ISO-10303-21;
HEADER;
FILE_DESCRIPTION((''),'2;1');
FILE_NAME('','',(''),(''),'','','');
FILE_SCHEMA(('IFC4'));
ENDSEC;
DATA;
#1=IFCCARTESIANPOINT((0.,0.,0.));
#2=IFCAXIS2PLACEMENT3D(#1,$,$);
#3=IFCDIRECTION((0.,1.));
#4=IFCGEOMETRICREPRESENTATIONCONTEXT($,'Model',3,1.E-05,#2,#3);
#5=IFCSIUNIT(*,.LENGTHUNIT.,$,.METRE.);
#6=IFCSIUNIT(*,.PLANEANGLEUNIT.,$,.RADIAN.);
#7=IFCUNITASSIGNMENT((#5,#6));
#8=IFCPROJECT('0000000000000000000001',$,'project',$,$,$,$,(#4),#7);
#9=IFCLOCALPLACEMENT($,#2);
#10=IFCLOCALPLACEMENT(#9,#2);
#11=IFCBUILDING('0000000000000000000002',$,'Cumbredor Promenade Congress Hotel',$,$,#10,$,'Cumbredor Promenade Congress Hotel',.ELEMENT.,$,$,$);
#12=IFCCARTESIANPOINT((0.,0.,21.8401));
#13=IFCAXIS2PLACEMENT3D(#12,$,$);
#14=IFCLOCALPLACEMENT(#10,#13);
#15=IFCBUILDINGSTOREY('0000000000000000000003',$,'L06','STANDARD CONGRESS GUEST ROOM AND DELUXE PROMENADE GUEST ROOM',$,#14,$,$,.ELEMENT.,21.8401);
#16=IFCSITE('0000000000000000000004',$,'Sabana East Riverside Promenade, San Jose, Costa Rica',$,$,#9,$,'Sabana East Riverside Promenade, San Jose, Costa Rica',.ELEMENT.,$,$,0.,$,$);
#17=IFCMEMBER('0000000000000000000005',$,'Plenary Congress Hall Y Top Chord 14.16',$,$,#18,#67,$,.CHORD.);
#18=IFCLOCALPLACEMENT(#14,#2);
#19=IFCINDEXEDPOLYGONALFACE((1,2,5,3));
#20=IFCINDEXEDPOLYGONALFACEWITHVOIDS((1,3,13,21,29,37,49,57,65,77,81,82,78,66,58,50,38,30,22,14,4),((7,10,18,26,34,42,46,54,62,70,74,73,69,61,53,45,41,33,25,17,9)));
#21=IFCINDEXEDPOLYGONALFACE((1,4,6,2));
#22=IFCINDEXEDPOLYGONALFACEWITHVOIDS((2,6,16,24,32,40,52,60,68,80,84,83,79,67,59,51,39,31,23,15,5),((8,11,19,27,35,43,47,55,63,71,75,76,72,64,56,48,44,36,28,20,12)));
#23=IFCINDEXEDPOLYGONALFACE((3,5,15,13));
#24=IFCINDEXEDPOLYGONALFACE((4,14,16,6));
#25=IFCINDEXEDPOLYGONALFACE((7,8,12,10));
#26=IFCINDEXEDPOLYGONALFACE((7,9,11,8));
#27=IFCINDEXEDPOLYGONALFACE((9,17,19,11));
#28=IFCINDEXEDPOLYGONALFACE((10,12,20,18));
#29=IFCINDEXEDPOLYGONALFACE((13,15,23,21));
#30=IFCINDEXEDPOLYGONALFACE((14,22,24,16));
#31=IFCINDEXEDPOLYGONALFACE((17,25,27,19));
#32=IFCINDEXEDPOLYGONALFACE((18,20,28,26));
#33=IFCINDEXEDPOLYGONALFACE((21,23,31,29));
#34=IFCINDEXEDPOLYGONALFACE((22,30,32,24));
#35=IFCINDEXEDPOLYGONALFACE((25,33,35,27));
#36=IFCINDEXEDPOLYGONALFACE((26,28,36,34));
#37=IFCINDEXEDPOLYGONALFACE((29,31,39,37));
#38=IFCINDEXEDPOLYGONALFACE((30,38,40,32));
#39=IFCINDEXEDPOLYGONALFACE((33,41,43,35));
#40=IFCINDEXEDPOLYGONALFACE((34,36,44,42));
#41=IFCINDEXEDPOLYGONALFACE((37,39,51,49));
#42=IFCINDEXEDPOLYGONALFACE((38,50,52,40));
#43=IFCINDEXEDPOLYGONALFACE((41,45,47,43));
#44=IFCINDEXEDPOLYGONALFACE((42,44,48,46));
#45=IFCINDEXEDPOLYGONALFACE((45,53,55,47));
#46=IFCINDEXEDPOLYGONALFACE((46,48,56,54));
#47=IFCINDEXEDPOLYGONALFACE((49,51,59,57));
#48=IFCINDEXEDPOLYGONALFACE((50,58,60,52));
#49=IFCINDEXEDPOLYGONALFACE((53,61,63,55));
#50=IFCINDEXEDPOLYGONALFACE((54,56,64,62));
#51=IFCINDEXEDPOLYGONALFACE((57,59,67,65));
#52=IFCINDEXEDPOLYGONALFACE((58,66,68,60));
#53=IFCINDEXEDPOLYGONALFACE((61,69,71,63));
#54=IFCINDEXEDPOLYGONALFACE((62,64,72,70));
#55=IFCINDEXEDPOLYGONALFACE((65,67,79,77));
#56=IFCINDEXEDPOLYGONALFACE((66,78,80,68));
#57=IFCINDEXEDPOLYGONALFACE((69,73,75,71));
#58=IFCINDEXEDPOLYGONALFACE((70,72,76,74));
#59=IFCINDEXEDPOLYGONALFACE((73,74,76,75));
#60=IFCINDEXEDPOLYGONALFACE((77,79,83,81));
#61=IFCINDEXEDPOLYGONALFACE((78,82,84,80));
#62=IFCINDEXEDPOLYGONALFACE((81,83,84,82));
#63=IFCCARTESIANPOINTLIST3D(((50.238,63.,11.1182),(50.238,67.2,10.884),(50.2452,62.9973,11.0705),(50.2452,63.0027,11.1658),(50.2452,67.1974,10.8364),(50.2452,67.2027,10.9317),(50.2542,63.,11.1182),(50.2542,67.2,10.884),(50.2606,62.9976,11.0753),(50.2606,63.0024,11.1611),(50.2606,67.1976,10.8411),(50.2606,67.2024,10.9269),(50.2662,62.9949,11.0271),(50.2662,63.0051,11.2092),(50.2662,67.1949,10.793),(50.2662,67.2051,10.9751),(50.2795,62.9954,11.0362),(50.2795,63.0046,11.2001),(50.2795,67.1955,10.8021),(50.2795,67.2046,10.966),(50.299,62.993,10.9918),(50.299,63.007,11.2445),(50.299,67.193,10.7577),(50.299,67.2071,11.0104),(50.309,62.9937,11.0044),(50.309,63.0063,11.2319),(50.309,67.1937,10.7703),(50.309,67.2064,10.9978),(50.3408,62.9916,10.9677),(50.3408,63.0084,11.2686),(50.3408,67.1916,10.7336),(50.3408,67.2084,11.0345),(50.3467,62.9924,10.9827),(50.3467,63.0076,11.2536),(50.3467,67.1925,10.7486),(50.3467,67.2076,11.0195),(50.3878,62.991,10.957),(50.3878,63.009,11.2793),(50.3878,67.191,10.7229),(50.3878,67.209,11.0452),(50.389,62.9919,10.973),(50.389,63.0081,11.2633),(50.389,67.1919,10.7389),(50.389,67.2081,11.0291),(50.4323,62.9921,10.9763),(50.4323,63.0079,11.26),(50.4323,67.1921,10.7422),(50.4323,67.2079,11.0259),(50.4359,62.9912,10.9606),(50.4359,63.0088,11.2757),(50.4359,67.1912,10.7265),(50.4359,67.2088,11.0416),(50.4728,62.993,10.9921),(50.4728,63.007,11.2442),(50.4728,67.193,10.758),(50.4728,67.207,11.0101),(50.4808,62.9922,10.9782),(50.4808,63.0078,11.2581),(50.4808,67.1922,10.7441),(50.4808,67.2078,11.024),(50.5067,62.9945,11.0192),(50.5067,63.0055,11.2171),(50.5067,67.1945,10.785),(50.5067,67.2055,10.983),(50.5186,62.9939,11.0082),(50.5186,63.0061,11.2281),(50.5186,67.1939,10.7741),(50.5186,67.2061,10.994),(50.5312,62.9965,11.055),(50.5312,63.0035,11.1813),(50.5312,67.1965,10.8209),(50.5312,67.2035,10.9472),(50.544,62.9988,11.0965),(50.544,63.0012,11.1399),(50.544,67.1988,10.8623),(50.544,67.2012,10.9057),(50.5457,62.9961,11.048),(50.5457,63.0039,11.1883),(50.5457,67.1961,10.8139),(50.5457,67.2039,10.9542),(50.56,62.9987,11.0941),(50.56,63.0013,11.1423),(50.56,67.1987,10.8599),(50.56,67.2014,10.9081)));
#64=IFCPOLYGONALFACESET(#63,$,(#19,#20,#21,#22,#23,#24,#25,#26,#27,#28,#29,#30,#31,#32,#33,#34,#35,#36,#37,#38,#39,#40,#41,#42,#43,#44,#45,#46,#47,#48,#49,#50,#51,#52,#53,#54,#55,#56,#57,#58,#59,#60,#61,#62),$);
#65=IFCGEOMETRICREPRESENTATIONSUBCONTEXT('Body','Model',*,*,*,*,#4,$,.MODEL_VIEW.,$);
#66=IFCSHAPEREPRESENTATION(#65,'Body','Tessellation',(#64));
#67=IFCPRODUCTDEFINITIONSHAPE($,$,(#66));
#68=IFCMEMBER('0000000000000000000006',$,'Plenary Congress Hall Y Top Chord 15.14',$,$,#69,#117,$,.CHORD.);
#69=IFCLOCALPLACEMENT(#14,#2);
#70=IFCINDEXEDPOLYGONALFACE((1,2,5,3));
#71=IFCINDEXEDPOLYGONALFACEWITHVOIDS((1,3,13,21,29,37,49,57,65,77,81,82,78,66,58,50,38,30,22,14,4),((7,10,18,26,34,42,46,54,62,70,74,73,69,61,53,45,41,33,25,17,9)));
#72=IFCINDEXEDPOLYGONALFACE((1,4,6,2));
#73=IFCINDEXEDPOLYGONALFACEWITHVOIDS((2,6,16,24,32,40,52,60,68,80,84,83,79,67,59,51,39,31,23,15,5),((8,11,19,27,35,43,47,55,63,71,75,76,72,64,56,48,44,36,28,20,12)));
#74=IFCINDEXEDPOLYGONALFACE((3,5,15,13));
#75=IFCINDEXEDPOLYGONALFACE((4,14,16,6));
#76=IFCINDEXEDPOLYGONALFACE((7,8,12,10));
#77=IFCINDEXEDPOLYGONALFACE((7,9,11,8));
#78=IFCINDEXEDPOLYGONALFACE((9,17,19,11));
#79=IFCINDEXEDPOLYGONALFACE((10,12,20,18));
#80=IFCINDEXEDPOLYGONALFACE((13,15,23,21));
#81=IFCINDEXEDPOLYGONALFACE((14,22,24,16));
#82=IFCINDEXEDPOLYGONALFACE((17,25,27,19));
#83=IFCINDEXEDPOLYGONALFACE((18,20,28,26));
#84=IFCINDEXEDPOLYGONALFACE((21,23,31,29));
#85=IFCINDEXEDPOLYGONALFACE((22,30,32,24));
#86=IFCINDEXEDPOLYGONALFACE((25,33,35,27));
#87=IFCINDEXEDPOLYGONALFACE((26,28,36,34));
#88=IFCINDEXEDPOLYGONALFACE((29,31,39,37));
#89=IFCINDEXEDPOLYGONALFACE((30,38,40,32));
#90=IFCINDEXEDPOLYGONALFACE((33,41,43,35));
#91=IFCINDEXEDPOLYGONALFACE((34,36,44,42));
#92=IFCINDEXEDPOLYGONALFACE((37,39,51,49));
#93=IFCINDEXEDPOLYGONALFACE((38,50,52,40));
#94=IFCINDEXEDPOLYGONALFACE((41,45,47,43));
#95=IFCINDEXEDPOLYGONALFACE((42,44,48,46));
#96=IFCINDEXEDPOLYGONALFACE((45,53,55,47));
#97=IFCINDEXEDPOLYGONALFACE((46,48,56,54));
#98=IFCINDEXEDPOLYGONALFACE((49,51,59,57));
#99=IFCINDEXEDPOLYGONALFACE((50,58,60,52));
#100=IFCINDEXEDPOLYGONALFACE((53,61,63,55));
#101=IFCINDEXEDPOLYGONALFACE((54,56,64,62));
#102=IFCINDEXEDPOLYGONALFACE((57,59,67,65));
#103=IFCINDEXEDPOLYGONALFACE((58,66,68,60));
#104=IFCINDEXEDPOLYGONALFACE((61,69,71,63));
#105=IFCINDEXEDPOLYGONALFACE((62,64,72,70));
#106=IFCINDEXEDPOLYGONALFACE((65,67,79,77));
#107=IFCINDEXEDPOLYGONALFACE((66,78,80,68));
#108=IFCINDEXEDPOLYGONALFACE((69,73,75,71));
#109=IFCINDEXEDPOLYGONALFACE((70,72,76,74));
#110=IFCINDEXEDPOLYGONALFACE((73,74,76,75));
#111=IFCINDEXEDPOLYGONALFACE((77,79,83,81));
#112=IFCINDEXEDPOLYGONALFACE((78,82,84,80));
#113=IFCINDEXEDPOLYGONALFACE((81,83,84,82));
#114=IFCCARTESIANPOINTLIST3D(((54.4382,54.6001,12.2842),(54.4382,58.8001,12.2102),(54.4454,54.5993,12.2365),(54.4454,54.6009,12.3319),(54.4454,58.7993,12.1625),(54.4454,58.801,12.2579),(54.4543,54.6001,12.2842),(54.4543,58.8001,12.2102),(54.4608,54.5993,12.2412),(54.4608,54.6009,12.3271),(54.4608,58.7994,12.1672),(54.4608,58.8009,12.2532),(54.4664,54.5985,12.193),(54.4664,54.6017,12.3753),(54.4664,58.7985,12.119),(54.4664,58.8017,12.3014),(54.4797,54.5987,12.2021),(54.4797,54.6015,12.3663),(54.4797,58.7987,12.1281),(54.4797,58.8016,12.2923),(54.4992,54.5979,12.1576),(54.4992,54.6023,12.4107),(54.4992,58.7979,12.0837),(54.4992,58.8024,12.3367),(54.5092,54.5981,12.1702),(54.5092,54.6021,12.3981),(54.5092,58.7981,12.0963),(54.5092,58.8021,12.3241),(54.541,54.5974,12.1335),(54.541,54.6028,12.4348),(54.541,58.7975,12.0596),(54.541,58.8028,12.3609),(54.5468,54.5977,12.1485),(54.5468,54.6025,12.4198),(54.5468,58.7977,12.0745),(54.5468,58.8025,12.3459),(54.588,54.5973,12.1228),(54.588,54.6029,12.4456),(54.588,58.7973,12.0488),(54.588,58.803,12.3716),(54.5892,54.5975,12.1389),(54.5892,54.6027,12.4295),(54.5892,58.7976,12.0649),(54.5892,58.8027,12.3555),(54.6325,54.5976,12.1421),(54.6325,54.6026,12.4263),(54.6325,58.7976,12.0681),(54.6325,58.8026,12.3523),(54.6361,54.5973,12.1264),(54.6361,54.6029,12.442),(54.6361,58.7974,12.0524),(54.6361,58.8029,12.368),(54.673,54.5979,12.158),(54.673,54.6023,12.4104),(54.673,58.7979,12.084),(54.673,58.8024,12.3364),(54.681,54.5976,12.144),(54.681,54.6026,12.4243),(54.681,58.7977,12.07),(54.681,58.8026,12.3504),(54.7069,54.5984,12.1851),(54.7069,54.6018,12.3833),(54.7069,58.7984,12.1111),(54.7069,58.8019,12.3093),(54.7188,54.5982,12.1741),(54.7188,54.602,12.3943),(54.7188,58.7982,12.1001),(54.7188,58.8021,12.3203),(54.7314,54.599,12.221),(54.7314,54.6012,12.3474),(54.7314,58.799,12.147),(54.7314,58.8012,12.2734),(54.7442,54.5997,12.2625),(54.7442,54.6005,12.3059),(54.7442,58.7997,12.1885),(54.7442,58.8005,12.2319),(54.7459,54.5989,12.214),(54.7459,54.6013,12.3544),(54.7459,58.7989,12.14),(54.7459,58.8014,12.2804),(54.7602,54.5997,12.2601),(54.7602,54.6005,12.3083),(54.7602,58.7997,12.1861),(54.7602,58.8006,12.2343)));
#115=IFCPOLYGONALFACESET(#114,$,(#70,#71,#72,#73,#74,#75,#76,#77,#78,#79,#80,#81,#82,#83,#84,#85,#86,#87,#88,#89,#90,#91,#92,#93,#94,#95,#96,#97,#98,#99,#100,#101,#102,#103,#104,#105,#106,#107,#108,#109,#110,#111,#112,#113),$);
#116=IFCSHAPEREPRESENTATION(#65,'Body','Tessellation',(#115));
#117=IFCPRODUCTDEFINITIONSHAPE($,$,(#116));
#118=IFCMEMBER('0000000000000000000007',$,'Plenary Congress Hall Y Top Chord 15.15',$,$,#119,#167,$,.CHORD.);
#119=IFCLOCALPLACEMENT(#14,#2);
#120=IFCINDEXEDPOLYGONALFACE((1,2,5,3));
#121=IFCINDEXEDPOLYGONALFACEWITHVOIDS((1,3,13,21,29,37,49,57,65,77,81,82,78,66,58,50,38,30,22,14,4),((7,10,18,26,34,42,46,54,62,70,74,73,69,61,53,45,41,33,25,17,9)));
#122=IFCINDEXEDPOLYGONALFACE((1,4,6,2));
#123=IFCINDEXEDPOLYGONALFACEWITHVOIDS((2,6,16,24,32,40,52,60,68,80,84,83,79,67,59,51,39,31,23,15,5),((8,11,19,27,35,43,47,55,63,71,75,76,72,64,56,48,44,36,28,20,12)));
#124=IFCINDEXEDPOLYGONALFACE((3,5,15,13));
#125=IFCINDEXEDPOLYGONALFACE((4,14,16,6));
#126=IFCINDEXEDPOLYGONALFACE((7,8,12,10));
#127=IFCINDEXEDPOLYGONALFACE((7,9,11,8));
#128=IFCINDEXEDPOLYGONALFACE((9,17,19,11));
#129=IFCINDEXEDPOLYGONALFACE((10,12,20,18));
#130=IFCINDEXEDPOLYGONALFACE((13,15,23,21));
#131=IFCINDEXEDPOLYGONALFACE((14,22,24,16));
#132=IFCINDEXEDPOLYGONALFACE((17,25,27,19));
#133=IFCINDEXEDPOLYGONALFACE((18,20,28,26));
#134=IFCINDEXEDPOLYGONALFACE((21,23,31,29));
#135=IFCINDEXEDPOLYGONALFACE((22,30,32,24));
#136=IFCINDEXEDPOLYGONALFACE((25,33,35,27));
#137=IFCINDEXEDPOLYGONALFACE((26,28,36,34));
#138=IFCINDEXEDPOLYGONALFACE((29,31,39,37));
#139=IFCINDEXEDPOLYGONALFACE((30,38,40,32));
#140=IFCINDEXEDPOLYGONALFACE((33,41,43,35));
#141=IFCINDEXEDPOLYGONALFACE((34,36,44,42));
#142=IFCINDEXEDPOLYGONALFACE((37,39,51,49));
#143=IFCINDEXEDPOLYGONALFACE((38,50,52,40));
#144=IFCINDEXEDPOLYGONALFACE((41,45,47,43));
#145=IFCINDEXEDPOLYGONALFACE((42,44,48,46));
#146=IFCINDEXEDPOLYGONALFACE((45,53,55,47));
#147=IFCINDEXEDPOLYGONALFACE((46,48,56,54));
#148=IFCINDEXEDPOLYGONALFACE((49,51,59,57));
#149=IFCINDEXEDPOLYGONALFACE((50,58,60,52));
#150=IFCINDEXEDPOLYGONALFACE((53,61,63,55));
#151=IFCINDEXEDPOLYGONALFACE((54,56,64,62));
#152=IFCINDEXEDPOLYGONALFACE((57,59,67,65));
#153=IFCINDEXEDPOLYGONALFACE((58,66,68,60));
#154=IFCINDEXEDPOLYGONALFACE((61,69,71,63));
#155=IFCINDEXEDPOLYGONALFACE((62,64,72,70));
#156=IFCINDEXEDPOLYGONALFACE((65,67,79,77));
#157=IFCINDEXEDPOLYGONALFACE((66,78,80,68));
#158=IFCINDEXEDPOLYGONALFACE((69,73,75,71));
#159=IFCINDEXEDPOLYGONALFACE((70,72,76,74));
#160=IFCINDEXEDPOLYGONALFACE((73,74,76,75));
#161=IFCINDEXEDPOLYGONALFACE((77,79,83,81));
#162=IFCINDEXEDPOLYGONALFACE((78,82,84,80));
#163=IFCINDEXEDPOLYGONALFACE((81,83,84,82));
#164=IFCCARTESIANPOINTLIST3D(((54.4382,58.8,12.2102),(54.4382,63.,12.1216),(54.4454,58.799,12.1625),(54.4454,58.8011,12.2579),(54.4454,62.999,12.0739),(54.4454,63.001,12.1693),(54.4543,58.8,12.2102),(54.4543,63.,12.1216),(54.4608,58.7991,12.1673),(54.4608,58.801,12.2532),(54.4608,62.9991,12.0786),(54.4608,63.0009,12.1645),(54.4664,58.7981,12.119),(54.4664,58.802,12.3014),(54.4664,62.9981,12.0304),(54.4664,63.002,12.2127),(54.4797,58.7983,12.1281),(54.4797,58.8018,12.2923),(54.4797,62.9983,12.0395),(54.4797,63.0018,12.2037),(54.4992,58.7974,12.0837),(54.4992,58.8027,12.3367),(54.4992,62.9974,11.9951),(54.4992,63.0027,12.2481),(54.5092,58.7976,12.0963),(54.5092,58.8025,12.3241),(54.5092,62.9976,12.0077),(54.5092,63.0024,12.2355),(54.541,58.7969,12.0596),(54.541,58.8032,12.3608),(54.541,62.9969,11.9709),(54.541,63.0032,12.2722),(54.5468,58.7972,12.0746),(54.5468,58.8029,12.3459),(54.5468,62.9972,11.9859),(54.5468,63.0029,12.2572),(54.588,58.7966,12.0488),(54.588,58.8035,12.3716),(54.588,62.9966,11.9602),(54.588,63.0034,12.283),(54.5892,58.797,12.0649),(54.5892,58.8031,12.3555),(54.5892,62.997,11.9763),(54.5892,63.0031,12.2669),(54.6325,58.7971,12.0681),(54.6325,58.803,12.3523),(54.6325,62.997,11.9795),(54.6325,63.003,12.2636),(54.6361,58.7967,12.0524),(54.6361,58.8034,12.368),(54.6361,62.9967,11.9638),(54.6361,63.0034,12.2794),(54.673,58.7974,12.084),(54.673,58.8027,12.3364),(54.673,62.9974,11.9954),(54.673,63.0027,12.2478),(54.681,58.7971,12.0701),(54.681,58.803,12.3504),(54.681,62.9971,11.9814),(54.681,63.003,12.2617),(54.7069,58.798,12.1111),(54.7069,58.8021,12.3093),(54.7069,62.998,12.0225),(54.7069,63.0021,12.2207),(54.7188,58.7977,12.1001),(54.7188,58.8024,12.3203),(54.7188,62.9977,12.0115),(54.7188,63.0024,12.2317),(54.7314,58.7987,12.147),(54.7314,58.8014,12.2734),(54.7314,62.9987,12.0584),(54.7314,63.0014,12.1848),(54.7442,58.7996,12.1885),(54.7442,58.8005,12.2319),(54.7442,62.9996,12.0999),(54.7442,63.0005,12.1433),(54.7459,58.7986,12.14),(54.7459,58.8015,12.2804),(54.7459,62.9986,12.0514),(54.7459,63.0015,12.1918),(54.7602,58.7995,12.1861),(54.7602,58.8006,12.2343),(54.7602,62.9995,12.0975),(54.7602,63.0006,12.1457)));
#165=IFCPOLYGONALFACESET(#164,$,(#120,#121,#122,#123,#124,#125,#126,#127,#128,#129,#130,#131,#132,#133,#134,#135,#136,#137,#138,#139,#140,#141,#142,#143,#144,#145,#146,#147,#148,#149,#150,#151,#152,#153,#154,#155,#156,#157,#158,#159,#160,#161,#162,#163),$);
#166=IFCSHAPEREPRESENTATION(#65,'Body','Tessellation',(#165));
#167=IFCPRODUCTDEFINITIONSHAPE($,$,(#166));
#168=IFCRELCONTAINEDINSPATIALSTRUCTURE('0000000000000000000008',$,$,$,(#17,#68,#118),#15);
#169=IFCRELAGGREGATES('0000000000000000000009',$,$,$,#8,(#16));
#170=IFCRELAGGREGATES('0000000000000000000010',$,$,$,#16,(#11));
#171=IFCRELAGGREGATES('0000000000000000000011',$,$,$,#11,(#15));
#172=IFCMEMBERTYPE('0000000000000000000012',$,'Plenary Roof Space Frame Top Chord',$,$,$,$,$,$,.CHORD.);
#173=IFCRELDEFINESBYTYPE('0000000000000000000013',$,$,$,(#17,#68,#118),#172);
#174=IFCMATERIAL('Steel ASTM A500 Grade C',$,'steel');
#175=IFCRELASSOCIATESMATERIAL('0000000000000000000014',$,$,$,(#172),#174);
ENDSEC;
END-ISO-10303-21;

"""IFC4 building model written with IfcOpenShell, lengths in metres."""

from ifc_helpers import new_model, si_unit, direction, frame, origin, origin_2d, place, context, subcontext, project, spatial, hollow_circle, extrude, material, material_profile, profile_set, type_object, element, save


model = new_model("IFC4")

# Units and contexts
model_context = context("Model", 3, precision=1e-05, world=origin(), true_north=direction((0.0, 1.0)))
body_context = subcontext(model_context, "Body", "Model", "MODEL_VIEW")
ifc_project = project(units=[si_unit("LENGTHUNIT", "METRE"), si_unit("PLANEANGLEUNIT", "RADIAN")], contexts=[model_context])

# Site, building, storey
site_placement = place(None, origin())
site = spatial("IfcSite", under=ifc_project, at=site_placement, Name="Sabana East Riverside Promenade, San Jose, Costa Rica", LongName="Sabana East Riverside Promenade, San Jose, Costa Rica", CompositionType="ELEMENT", RefElevation=0.0)
building_placement = place(site_placement, origin())
building = spatial("IfcBuilding", under=site, at=building_placement, Name="Cumbredor Promenade Congress Hotel", LongName="Cumbredor Promenade Congress Hotel", CompositionType="ELEMENT")
storey_placement = place(building_placement, frame((0.0, 0.0, 21.8401)))
storey = spatial("IfcBuildingStorey", under=building, at=storey_placement, Name="L06", Description="STANDARD CONGRESS GUEST ROOM AND DELUXE PROMENADE GUEST ROOM", CompositionType="ELEMENT", Elevation=21.8401)

# Members
ifc_material_1 = material(Name="Steel ASTM A500 Grade C", Category="steel")
ifc_material_profile_1 = material_profile(ifc_material_1, hollow_circle(Radius=0.1619, WallThickness=0.0161, at=origin_2d()), Name="CHS 323.9x16")
ifc_profile_set_1 = profile_set([ifc_material_profile_1], Name="Steel ASTM A500 Grade C")
member_type_1 = type_object("IfcMemberType", Name="Plenary Roof Space Frame Top Chord", PredefinedType="CHORD", material=ifc_profile_set_1)
member_1_placement = place(storey_placement, frame((50.3999, 63.0, 11.1182), z_axis=(0.0, 0.99845, -0.05566), x_axis=(-1.0, 0.0, 0.0)))
element("IfcMember", 1, at=member_1_placement, inside=storey, type_object=member_type_1, Name="Plenary Congress Hall Y Top Chord 14.16", PredefinedType="CHORD", context=body_context, shape_type="SweptSolid", body=[
    extrude(hollow_circle(Radius=0.1619, WallThickness=0.0161, at=origin_2d()), origin(), (0.0, 0.0, 1.0), 4.2065),
])
member_2_placement = place(storey_placement, frame((54.6001, 54.6001, 12.2842), z_axis=(0.0, 0.999845, -0.01761), x_axis=(-1.0, 0.0, 0.0)))
element("IfcMember", 2, at=member_2_placement, inside=storey, type_object=member_type_1, Name="Plenary Congress Hall Y Top Chord 15.14", PredefinedType="CHORD", context=body_context, shape_type="SweptSolid", body=[
    extrude(hollow_circle(Radius=0.1619, WallThickness=0.0161, at=origin_2d()), origin(), (0.0, 0.0, 1.0), 4.2007),
])
member_3_placement = place(storey_placement, frame((54.6001, 58.8, 12.2102), z_axis=(0.0, 0.999777, -0.021096), x_axis=(-1.0, 0.0, 0.0)))
element("IfcMember", 3, at=member_3_placement, inside=storey, type_object=member_type_1, Name="Plenary Congress Hall Y Top Chord 15.15", PredefinedType="CHORD", context=body_context, shape_type="SweptSolid", body=[
    extrude(hollow_circle(Radius=0.1619, WallThickness=0.0161, at=origin_2d()), origin(), (0.0, 0.0, 1.0), 4.2009),
])

save(model, "model.ifc")
